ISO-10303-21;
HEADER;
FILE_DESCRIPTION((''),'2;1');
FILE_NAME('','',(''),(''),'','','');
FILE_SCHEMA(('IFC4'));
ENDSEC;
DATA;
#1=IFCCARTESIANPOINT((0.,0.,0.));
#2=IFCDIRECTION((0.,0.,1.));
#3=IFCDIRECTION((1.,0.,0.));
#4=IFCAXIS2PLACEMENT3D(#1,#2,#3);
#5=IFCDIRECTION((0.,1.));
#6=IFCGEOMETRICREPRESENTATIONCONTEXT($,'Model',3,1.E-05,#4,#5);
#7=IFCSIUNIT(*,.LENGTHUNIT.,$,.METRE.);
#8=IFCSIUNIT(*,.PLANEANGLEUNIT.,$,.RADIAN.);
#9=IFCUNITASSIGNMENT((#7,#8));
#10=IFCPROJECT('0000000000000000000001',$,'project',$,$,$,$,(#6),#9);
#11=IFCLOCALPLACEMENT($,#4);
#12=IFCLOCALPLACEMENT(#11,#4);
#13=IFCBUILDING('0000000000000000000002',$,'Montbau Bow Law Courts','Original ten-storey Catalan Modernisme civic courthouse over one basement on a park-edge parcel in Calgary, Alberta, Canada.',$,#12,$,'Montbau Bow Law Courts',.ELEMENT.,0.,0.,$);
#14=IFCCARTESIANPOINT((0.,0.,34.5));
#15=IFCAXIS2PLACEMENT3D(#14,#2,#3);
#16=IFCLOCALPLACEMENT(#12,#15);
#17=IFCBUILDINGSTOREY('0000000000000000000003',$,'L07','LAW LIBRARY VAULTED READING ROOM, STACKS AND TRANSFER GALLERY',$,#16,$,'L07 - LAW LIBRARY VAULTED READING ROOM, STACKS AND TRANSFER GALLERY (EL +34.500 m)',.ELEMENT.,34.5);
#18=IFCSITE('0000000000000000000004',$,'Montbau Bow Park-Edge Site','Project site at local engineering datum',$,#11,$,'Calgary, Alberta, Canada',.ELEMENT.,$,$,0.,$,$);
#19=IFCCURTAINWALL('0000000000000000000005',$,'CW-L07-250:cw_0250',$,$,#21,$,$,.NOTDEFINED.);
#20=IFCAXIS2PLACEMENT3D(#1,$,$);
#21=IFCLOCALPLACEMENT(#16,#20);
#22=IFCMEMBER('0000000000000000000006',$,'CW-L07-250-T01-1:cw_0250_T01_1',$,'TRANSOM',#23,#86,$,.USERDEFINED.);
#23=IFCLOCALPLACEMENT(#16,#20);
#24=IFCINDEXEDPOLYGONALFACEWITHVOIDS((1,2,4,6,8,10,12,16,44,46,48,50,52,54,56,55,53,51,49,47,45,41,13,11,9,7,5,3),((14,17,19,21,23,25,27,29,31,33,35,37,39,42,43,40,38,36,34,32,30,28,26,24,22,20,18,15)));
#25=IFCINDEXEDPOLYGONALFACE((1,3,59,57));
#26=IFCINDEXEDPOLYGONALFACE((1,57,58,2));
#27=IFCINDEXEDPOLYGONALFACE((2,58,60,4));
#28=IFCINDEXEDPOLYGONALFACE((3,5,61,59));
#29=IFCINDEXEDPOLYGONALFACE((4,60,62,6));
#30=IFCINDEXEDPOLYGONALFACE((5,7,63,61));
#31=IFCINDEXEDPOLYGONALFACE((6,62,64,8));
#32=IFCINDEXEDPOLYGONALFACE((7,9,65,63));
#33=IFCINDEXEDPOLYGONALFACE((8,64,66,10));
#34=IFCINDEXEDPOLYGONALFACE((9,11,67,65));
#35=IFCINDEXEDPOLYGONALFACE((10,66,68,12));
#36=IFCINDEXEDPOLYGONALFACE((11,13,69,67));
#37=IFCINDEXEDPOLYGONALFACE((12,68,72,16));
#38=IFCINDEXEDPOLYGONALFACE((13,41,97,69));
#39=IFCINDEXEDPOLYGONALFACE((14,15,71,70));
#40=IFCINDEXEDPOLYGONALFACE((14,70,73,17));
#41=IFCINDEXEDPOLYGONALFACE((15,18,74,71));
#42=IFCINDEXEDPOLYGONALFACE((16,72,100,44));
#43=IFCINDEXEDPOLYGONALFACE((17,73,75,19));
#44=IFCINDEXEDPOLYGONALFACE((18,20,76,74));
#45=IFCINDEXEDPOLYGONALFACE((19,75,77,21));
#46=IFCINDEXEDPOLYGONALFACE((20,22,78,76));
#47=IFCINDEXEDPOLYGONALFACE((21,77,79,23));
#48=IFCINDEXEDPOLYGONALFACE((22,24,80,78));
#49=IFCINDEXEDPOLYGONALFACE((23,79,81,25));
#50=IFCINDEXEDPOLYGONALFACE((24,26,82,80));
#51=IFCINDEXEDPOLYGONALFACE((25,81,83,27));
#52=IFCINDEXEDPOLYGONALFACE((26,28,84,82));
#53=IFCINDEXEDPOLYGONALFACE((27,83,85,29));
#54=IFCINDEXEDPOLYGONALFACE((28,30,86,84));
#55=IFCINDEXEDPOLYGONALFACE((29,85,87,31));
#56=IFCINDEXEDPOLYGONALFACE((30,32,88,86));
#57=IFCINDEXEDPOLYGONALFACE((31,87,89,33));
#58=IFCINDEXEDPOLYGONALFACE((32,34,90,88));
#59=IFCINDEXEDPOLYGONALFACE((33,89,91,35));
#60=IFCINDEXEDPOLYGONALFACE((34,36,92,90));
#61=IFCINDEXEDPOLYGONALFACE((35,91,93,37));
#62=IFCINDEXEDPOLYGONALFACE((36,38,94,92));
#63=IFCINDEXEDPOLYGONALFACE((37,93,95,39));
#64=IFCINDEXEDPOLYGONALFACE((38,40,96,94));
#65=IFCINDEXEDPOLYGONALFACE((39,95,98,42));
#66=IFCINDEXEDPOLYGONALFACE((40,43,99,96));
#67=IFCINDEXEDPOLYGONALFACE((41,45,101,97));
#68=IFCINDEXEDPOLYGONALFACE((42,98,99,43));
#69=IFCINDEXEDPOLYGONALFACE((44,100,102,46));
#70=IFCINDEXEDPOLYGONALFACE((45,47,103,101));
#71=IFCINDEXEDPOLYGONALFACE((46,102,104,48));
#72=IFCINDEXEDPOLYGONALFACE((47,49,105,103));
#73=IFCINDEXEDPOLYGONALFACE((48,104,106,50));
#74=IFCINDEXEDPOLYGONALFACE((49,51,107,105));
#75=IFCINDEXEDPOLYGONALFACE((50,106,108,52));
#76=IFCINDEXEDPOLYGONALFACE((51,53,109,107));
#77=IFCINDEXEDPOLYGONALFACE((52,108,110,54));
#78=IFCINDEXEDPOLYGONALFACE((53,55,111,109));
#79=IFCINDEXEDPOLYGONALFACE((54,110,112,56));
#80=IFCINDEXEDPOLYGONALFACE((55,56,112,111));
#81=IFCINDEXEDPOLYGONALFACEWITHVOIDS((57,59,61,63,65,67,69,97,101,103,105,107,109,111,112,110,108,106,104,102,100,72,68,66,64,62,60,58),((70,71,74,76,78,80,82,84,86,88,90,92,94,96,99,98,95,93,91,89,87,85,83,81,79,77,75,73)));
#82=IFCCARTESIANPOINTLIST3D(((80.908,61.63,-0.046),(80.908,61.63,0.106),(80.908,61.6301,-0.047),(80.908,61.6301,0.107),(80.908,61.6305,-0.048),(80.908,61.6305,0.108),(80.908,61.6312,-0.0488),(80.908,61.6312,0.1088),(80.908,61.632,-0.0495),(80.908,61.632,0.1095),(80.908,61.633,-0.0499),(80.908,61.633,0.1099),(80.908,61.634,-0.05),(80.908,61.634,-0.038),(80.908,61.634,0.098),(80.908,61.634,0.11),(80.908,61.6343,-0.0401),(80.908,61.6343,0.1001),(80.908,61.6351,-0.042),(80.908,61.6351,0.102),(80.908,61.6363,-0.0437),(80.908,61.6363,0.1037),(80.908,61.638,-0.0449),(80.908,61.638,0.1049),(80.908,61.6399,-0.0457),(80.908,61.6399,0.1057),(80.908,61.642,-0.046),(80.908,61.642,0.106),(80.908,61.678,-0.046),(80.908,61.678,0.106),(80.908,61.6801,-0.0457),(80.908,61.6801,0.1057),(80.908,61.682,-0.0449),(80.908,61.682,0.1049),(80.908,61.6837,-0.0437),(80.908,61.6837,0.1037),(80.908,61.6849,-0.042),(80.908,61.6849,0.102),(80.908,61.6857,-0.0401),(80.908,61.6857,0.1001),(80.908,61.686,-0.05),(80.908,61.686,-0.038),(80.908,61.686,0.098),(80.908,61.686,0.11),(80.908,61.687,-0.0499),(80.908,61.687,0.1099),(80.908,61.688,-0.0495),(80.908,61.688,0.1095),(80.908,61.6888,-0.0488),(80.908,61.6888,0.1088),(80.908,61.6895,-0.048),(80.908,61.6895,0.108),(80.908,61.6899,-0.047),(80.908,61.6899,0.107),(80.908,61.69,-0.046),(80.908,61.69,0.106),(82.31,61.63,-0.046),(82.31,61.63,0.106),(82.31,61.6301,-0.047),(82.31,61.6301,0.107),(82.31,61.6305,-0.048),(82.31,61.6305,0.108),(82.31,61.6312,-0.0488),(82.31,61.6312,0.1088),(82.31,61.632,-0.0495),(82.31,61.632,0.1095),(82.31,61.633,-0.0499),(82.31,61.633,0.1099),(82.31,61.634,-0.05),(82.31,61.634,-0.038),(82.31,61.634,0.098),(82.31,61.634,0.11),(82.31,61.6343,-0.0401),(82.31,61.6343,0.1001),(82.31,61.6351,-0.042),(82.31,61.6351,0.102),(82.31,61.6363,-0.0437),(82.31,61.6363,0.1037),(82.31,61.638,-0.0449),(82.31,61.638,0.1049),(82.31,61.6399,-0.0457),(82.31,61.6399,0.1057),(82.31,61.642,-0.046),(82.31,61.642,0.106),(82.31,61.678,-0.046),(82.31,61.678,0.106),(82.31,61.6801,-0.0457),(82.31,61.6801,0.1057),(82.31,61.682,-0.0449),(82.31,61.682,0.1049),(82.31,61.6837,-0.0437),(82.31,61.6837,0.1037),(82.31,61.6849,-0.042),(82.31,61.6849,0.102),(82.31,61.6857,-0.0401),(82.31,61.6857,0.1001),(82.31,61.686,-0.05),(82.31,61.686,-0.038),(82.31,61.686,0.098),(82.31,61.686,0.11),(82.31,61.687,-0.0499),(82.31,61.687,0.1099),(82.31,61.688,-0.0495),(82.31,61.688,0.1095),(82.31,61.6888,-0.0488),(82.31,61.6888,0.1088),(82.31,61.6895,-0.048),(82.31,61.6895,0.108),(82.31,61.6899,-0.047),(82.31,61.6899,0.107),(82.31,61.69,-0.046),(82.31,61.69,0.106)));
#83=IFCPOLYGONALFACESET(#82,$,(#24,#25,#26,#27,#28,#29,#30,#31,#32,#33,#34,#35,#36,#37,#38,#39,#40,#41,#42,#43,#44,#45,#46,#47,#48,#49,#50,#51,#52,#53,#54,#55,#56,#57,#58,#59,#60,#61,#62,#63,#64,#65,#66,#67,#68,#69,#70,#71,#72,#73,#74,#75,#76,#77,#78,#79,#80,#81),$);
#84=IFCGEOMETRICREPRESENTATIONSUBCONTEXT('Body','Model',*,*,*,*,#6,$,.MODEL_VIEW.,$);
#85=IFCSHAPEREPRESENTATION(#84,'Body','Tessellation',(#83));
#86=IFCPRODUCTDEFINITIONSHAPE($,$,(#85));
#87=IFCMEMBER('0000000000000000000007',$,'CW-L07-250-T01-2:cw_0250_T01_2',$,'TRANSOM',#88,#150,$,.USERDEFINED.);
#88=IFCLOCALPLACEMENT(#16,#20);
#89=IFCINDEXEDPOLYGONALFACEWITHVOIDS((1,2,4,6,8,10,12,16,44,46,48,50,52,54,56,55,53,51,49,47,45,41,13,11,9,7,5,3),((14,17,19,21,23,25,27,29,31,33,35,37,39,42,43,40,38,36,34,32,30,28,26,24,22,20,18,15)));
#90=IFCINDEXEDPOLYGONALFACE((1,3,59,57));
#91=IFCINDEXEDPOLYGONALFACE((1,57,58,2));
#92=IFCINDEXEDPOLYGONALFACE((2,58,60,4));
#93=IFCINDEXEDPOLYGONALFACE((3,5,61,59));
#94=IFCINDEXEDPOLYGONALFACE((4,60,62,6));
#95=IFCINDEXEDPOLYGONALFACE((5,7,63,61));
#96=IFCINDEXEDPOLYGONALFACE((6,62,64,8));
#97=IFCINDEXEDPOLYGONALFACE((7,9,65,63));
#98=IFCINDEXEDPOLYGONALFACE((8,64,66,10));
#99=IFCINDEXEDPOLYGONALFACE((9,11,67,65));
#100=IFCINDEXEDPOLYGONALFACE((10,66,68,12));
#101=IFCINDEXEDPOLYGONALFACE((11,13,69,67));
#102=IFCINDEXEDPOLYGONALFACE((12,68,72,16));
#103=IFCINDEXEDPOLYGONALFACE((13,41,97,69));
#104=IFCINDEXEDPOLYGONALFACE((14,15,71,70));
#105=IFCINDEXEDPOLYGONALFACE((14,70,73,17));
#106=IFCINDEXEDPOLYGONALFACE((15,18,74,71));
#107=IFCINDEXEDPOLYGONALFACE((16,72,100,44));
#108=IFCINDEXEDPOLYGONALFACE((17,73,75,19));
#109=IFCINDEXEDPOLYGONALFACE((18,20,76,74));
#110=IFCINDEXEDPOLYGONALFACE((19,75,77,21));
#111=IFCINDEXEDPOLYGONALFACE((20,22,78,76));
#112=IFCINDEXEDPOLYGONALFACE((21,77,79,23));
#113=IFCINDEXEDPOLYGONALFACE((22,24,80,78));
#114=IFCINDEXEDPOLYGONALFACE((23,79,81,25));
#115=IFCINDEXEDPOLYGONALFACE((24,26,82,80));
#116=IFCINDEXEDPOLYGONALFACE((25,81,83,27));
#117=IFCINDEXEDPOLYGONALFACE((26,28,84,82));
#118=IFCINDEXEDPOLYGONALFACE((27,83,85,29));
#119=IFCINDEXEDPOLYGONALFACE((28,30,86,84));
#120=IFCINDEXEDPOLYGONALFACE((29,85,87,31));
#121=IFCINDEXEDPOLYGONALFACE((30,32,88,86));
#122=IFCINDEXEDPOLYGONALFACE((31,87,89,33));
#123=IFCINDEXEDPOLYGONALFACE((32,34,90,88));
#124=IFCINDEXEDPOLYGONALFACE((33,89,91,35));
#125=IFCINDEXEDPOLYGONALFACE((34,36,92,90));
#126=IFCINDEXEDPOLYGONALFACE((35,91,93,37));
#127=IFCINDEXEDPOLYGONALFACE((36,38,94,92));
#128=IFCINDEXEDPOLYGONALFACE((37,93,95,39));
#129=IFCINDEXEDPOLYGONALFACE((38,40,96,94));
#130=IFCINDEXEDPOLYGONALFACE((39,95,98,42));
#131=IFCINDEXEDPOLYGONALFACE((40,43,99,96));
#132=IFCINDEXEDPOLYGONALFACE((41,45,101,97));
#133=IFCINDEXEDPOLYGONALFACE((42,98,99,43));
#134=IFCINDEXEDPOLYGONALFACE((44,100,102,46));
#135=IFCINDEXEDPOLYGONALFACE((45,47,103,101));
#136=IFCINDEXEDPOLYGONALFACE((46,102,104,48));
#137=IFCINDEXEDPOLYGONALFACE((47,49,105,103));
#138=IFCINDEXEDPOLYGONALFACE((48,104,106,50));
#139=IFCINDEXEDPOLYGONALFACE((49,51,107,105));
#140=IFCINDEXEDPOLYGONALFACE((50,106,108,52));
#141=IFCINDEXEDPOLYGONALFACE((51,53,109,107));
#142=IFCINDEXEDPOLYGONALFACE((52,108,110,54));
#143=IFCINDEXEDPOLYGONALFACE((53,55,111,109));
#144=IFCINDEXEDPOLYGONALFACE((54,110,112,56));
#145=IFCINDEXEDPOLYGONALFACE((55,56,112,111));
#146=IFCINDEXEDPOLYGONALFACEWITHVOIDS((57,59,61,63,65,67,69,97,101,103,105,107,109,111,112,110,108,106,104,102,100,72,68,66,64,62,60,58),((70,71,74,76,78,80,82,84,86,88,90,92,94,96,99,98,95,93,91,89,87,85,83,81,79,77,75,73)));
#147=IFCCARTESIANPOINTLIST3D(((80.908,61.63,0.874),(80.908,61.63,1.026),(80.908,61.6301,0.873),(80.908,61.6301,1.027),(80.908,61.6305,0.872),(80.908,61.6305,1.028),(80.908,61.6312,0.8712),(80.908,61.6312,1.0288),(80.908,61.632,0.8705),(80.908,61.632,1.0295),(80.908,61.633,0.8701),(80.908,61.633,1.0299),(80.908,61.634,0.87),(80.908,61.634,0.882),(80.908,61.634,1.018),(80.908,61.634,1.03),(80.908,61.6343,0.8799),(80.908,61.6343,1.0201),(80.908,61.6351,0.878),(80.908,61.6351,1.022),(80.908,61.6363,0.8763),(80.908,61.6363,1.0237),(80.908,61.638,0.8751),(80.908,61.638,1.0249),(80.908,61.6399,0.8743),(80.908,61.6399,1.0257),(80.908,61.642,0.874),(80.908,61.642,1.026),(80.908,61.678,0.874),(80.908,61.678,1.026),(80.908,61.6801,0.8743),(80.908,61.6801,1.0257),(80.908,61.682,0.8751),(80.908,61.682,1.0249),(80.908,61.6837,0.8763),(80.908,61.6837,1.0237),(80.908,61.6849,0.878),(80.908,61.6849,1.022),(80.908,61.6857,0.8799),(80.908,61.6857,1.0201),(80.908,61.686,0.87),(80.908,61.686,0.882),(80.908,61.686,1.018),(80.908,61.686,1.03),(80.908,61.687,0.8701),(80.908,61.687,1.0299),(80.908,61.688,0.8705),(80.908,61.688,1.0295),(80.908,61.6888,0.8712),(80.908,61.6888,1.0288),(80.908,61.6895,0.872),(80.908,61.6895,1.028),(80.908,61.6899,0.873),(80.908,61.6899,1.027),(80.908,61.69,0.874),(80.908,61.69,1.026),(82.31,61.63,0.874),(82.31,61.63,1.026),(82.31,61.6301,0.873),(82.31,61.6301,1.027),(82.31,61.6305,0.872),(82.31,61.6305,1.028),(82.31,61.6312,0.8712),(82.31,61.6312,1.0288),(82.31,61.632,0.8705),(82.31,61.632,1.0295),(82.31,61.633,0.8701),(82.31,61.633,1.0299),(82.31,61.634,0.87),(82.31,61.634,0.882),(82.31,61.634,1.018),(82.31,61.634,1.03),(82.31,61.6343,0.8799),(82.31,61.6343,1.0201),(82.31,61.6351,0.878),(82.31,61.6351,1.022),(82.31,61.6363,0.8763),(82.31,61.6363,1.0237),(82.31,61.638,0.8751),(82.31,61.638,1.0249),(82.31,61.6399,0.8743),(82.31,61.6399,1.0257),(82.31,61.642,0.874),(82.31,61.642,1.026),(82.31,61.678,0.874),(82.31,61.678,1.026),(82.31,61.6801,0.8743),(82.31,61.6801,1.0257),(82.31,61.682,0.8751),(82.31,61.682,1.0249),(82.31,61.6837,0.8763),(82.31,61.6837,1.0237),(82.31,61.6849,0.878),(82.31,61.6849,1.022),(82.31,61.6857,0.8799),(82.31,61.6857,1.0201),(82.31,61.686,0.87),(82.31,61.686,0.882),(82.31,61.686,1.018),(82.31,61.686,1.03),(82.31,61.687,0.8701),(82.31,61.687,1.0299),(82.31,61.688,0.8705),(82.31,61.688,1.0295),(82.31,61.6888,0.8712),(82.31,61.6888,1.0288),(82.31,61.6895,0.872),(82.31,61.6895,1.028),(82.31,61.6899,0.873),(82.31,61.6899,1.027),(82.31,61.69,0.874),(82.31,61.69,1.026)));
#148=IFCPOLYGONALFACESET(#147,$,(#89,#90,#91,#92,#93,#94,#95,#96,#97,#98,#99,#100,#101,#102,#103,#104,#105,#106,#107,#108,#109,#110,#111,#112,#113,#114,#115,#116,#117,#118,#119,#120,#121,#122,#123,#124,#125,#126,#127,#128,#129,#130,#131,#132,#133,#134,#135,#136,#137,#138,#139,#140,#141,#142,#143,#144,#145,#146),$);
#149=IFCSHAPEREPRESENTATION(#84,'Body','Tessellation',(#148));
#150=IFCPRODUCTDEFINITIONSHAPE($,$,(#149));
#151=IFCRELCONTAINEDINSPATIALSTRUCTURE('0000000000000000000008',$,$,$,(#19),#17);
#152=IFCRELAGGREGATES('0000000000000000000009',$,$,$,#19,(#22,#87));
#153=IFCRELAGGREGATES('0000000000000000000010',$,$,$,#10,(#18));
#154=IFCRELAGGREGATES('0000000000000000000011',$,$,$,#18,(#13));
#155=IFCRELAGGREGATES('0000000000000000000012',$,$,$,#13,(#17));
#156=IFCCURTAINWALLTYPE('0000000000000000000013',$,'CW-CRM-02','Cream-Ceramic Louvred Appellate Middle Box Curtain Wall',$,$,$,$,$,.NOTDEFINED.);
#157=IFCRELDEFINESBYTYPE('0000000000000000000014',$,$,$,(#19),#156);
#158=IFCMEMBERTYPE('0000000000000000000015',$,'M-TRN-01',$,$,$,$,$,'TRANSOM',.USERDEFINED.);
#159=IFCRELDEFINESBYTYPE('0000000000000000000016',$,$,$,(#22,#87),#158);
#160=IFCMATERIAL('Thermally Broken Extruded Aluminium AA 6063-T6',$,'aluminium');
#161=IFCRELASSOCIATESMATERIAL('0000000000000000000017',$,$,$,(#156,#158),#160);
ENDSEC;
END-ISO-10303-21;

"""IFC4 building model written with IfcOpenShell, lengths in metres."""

from ifc_helpers import new_model, si_unit, direction, frame, origin_with_axes, origin_2d_with_axis, place, context, subcontext, project, spatial, hollow_rectangle, extrude, material, material_profile, profile_set, type_object, element, aggregate, save


model = new_model("IFC4")

# Units and contexts
model_context = context("Model", 3, precision=1e-05, world=origin_with_axes(), true_north=direction((0.0, 1.0)))
body_context = subcontext(model_context, "Body", "Model", "MODEL_VIEW")
ifc_project = project(units=[si_unit("LENGTHUNIT", "METRE"), si_unit("PLANEANGLEUNIT", "RADIAN")], contexts=[model_context])

# Site, building, storey
site_placement = place(None, origin_with_axes())
site = spatial("IfcSite", under=ifc_project, at=site_placement, Name="Montbau Bow Park-Edge Site", Description="Project site at local engineering datum", LongName="Calgary, Alberta, Canada", CompositionType="ELEMENT", RefElevation=0.0)
building_placement = place(site_placement, origin_with_axes())
building = spatial("IfcBuilding", under=site, at=building_placement, Name="Montbau Bow Law Courts", Description="Original ten-storey Catalan Modernisme civic courthouse over one basement on a park-edge parcel in Calgary, Alberta, Canada.", LongName="Montbau Bow Law Courts", CompositionType="ELEMENT", ElevationOfRefHeight=0.0, ElevationOfTerrain=0.0)
storey_placement = place(building_placement, frame((0.0, 0.0, 34.5), z_axis=(0.0, 0.0, 1.0), x_axis=(1.0, 0.0, 0.0)))
storey = spatial("IfcBuildingStorey", under=building, at=storey_placement, Name="L07", Description="LAW LIBRARY VAULTED READING ROOM, STACKS AND TRANSFER GALLERY", LongName="L07 - LAW LIBRARY VAULTED READING ROOM, STACKS AND TRANSFER GALLERY (EL +34.500 m)", CompositionType="ELEMENT", Elevation=34.5)

# Curtain wall, members
ifc_material_1 = material(Name="Thermally Broken Extruded Aluminium AA 6063-T6", Category="aluminium")
curtain_wall_type = type_object("IfcCurtainWallType", Name="CW-CRM-02", Description="Cream-Ceramic Louvred Appellate Middle Box Curtain Wall", PredefinedType="NOTDEFINED", material=ifc_material_1)
curtain_wall_1_placement = place(None, frame((80.84, 61.66, 34.5), z_axis=(0.0, 0.0, 1.0), x_axis=(1.0, 0.0, 0.0)))
curtain_wall_1 = element("IfcCurtainWall", 1, at=curtain_wall_1_placement, inside=storey, type_object=curtain_wall_type, Name="CW-L07-250:cw_0250", PredefinedType="NOTDEFINED")
ifc_material_profile_1 = material_profile(ifc_material_1, hollow_rectangle(XDim=0.06, YDim=0.16, WallThickness=0.004, InnerFilletRadius=0.008, OuterFilletRadius=0.004, at=origin_2d_with_axis()), Name="CWT-160X60", Category="Main", Priority=0)
ifc_profile_set_1 = profile_set([ifc_material_profile_1], Name="Thermally Broken Extruded Aluminium AA 6063-T6")
member_type_1 = type_object("IfcMemberType", Name="M-TRN-01", ElementType="TRANSOM", PredefinedType="USERDEFINED", material=ifc_profile_set_1)
member_1_placement = place(None, frame((80.908, 61.66, 34.53), z_axis=(1.0, 0.0, 0.0), x_axis=(0.0, 1.0, 0.0)))
member_1 = element("IfcMember", 2, at=member_1_placement, type_object=member_type_1, Name="CW-L07-250-T01-1:cw_0250_T01_1", ObjectType="TRANSOM", PredefinedType="USERDEFINED", context=body_context, shape_type="SweptSolid", body=[
    extrude(hollow_rectangle(XDim=0.06, YDim=0.16, WallThickness=0.004, InnerFilletRadius=0.008, OuterFilletRadius=0.004, at=origin_2d_with_axis()), origin_with_axes(), (0.0, 0.0, 1.0), 1.402),
])
member_2_placement = place(None, frame((80.908, 61.66, 35.45), z_axis=(1.0, 0.0, 0.0), x_axis=(0.0, 1.0, 0.0)))
member_2 = element("IfcMember", 3, at=member_2_placement, type_object=member_type_1, Name="CW-L07-250-T01-2:cw_0250_T01_2", ObjectType="TRANSOM", PredefinedType="USERDEFINED", context=body_context, shape_type="SweptSolid", body=[
    extrude(hollow_rectangle(XDim=0.06, YDim=0.16, WallThickness=0.004, InnerFilletRadius=0.008, OuterFilletRadius=0.004, at=origin_2d_with_axis()), origin_with_axes(), (0.0, 0.0, 1.0), 1.402),
])

aggregate(curtain_wall_1, [member_1, member_2])

save(model, "model.ifc")
